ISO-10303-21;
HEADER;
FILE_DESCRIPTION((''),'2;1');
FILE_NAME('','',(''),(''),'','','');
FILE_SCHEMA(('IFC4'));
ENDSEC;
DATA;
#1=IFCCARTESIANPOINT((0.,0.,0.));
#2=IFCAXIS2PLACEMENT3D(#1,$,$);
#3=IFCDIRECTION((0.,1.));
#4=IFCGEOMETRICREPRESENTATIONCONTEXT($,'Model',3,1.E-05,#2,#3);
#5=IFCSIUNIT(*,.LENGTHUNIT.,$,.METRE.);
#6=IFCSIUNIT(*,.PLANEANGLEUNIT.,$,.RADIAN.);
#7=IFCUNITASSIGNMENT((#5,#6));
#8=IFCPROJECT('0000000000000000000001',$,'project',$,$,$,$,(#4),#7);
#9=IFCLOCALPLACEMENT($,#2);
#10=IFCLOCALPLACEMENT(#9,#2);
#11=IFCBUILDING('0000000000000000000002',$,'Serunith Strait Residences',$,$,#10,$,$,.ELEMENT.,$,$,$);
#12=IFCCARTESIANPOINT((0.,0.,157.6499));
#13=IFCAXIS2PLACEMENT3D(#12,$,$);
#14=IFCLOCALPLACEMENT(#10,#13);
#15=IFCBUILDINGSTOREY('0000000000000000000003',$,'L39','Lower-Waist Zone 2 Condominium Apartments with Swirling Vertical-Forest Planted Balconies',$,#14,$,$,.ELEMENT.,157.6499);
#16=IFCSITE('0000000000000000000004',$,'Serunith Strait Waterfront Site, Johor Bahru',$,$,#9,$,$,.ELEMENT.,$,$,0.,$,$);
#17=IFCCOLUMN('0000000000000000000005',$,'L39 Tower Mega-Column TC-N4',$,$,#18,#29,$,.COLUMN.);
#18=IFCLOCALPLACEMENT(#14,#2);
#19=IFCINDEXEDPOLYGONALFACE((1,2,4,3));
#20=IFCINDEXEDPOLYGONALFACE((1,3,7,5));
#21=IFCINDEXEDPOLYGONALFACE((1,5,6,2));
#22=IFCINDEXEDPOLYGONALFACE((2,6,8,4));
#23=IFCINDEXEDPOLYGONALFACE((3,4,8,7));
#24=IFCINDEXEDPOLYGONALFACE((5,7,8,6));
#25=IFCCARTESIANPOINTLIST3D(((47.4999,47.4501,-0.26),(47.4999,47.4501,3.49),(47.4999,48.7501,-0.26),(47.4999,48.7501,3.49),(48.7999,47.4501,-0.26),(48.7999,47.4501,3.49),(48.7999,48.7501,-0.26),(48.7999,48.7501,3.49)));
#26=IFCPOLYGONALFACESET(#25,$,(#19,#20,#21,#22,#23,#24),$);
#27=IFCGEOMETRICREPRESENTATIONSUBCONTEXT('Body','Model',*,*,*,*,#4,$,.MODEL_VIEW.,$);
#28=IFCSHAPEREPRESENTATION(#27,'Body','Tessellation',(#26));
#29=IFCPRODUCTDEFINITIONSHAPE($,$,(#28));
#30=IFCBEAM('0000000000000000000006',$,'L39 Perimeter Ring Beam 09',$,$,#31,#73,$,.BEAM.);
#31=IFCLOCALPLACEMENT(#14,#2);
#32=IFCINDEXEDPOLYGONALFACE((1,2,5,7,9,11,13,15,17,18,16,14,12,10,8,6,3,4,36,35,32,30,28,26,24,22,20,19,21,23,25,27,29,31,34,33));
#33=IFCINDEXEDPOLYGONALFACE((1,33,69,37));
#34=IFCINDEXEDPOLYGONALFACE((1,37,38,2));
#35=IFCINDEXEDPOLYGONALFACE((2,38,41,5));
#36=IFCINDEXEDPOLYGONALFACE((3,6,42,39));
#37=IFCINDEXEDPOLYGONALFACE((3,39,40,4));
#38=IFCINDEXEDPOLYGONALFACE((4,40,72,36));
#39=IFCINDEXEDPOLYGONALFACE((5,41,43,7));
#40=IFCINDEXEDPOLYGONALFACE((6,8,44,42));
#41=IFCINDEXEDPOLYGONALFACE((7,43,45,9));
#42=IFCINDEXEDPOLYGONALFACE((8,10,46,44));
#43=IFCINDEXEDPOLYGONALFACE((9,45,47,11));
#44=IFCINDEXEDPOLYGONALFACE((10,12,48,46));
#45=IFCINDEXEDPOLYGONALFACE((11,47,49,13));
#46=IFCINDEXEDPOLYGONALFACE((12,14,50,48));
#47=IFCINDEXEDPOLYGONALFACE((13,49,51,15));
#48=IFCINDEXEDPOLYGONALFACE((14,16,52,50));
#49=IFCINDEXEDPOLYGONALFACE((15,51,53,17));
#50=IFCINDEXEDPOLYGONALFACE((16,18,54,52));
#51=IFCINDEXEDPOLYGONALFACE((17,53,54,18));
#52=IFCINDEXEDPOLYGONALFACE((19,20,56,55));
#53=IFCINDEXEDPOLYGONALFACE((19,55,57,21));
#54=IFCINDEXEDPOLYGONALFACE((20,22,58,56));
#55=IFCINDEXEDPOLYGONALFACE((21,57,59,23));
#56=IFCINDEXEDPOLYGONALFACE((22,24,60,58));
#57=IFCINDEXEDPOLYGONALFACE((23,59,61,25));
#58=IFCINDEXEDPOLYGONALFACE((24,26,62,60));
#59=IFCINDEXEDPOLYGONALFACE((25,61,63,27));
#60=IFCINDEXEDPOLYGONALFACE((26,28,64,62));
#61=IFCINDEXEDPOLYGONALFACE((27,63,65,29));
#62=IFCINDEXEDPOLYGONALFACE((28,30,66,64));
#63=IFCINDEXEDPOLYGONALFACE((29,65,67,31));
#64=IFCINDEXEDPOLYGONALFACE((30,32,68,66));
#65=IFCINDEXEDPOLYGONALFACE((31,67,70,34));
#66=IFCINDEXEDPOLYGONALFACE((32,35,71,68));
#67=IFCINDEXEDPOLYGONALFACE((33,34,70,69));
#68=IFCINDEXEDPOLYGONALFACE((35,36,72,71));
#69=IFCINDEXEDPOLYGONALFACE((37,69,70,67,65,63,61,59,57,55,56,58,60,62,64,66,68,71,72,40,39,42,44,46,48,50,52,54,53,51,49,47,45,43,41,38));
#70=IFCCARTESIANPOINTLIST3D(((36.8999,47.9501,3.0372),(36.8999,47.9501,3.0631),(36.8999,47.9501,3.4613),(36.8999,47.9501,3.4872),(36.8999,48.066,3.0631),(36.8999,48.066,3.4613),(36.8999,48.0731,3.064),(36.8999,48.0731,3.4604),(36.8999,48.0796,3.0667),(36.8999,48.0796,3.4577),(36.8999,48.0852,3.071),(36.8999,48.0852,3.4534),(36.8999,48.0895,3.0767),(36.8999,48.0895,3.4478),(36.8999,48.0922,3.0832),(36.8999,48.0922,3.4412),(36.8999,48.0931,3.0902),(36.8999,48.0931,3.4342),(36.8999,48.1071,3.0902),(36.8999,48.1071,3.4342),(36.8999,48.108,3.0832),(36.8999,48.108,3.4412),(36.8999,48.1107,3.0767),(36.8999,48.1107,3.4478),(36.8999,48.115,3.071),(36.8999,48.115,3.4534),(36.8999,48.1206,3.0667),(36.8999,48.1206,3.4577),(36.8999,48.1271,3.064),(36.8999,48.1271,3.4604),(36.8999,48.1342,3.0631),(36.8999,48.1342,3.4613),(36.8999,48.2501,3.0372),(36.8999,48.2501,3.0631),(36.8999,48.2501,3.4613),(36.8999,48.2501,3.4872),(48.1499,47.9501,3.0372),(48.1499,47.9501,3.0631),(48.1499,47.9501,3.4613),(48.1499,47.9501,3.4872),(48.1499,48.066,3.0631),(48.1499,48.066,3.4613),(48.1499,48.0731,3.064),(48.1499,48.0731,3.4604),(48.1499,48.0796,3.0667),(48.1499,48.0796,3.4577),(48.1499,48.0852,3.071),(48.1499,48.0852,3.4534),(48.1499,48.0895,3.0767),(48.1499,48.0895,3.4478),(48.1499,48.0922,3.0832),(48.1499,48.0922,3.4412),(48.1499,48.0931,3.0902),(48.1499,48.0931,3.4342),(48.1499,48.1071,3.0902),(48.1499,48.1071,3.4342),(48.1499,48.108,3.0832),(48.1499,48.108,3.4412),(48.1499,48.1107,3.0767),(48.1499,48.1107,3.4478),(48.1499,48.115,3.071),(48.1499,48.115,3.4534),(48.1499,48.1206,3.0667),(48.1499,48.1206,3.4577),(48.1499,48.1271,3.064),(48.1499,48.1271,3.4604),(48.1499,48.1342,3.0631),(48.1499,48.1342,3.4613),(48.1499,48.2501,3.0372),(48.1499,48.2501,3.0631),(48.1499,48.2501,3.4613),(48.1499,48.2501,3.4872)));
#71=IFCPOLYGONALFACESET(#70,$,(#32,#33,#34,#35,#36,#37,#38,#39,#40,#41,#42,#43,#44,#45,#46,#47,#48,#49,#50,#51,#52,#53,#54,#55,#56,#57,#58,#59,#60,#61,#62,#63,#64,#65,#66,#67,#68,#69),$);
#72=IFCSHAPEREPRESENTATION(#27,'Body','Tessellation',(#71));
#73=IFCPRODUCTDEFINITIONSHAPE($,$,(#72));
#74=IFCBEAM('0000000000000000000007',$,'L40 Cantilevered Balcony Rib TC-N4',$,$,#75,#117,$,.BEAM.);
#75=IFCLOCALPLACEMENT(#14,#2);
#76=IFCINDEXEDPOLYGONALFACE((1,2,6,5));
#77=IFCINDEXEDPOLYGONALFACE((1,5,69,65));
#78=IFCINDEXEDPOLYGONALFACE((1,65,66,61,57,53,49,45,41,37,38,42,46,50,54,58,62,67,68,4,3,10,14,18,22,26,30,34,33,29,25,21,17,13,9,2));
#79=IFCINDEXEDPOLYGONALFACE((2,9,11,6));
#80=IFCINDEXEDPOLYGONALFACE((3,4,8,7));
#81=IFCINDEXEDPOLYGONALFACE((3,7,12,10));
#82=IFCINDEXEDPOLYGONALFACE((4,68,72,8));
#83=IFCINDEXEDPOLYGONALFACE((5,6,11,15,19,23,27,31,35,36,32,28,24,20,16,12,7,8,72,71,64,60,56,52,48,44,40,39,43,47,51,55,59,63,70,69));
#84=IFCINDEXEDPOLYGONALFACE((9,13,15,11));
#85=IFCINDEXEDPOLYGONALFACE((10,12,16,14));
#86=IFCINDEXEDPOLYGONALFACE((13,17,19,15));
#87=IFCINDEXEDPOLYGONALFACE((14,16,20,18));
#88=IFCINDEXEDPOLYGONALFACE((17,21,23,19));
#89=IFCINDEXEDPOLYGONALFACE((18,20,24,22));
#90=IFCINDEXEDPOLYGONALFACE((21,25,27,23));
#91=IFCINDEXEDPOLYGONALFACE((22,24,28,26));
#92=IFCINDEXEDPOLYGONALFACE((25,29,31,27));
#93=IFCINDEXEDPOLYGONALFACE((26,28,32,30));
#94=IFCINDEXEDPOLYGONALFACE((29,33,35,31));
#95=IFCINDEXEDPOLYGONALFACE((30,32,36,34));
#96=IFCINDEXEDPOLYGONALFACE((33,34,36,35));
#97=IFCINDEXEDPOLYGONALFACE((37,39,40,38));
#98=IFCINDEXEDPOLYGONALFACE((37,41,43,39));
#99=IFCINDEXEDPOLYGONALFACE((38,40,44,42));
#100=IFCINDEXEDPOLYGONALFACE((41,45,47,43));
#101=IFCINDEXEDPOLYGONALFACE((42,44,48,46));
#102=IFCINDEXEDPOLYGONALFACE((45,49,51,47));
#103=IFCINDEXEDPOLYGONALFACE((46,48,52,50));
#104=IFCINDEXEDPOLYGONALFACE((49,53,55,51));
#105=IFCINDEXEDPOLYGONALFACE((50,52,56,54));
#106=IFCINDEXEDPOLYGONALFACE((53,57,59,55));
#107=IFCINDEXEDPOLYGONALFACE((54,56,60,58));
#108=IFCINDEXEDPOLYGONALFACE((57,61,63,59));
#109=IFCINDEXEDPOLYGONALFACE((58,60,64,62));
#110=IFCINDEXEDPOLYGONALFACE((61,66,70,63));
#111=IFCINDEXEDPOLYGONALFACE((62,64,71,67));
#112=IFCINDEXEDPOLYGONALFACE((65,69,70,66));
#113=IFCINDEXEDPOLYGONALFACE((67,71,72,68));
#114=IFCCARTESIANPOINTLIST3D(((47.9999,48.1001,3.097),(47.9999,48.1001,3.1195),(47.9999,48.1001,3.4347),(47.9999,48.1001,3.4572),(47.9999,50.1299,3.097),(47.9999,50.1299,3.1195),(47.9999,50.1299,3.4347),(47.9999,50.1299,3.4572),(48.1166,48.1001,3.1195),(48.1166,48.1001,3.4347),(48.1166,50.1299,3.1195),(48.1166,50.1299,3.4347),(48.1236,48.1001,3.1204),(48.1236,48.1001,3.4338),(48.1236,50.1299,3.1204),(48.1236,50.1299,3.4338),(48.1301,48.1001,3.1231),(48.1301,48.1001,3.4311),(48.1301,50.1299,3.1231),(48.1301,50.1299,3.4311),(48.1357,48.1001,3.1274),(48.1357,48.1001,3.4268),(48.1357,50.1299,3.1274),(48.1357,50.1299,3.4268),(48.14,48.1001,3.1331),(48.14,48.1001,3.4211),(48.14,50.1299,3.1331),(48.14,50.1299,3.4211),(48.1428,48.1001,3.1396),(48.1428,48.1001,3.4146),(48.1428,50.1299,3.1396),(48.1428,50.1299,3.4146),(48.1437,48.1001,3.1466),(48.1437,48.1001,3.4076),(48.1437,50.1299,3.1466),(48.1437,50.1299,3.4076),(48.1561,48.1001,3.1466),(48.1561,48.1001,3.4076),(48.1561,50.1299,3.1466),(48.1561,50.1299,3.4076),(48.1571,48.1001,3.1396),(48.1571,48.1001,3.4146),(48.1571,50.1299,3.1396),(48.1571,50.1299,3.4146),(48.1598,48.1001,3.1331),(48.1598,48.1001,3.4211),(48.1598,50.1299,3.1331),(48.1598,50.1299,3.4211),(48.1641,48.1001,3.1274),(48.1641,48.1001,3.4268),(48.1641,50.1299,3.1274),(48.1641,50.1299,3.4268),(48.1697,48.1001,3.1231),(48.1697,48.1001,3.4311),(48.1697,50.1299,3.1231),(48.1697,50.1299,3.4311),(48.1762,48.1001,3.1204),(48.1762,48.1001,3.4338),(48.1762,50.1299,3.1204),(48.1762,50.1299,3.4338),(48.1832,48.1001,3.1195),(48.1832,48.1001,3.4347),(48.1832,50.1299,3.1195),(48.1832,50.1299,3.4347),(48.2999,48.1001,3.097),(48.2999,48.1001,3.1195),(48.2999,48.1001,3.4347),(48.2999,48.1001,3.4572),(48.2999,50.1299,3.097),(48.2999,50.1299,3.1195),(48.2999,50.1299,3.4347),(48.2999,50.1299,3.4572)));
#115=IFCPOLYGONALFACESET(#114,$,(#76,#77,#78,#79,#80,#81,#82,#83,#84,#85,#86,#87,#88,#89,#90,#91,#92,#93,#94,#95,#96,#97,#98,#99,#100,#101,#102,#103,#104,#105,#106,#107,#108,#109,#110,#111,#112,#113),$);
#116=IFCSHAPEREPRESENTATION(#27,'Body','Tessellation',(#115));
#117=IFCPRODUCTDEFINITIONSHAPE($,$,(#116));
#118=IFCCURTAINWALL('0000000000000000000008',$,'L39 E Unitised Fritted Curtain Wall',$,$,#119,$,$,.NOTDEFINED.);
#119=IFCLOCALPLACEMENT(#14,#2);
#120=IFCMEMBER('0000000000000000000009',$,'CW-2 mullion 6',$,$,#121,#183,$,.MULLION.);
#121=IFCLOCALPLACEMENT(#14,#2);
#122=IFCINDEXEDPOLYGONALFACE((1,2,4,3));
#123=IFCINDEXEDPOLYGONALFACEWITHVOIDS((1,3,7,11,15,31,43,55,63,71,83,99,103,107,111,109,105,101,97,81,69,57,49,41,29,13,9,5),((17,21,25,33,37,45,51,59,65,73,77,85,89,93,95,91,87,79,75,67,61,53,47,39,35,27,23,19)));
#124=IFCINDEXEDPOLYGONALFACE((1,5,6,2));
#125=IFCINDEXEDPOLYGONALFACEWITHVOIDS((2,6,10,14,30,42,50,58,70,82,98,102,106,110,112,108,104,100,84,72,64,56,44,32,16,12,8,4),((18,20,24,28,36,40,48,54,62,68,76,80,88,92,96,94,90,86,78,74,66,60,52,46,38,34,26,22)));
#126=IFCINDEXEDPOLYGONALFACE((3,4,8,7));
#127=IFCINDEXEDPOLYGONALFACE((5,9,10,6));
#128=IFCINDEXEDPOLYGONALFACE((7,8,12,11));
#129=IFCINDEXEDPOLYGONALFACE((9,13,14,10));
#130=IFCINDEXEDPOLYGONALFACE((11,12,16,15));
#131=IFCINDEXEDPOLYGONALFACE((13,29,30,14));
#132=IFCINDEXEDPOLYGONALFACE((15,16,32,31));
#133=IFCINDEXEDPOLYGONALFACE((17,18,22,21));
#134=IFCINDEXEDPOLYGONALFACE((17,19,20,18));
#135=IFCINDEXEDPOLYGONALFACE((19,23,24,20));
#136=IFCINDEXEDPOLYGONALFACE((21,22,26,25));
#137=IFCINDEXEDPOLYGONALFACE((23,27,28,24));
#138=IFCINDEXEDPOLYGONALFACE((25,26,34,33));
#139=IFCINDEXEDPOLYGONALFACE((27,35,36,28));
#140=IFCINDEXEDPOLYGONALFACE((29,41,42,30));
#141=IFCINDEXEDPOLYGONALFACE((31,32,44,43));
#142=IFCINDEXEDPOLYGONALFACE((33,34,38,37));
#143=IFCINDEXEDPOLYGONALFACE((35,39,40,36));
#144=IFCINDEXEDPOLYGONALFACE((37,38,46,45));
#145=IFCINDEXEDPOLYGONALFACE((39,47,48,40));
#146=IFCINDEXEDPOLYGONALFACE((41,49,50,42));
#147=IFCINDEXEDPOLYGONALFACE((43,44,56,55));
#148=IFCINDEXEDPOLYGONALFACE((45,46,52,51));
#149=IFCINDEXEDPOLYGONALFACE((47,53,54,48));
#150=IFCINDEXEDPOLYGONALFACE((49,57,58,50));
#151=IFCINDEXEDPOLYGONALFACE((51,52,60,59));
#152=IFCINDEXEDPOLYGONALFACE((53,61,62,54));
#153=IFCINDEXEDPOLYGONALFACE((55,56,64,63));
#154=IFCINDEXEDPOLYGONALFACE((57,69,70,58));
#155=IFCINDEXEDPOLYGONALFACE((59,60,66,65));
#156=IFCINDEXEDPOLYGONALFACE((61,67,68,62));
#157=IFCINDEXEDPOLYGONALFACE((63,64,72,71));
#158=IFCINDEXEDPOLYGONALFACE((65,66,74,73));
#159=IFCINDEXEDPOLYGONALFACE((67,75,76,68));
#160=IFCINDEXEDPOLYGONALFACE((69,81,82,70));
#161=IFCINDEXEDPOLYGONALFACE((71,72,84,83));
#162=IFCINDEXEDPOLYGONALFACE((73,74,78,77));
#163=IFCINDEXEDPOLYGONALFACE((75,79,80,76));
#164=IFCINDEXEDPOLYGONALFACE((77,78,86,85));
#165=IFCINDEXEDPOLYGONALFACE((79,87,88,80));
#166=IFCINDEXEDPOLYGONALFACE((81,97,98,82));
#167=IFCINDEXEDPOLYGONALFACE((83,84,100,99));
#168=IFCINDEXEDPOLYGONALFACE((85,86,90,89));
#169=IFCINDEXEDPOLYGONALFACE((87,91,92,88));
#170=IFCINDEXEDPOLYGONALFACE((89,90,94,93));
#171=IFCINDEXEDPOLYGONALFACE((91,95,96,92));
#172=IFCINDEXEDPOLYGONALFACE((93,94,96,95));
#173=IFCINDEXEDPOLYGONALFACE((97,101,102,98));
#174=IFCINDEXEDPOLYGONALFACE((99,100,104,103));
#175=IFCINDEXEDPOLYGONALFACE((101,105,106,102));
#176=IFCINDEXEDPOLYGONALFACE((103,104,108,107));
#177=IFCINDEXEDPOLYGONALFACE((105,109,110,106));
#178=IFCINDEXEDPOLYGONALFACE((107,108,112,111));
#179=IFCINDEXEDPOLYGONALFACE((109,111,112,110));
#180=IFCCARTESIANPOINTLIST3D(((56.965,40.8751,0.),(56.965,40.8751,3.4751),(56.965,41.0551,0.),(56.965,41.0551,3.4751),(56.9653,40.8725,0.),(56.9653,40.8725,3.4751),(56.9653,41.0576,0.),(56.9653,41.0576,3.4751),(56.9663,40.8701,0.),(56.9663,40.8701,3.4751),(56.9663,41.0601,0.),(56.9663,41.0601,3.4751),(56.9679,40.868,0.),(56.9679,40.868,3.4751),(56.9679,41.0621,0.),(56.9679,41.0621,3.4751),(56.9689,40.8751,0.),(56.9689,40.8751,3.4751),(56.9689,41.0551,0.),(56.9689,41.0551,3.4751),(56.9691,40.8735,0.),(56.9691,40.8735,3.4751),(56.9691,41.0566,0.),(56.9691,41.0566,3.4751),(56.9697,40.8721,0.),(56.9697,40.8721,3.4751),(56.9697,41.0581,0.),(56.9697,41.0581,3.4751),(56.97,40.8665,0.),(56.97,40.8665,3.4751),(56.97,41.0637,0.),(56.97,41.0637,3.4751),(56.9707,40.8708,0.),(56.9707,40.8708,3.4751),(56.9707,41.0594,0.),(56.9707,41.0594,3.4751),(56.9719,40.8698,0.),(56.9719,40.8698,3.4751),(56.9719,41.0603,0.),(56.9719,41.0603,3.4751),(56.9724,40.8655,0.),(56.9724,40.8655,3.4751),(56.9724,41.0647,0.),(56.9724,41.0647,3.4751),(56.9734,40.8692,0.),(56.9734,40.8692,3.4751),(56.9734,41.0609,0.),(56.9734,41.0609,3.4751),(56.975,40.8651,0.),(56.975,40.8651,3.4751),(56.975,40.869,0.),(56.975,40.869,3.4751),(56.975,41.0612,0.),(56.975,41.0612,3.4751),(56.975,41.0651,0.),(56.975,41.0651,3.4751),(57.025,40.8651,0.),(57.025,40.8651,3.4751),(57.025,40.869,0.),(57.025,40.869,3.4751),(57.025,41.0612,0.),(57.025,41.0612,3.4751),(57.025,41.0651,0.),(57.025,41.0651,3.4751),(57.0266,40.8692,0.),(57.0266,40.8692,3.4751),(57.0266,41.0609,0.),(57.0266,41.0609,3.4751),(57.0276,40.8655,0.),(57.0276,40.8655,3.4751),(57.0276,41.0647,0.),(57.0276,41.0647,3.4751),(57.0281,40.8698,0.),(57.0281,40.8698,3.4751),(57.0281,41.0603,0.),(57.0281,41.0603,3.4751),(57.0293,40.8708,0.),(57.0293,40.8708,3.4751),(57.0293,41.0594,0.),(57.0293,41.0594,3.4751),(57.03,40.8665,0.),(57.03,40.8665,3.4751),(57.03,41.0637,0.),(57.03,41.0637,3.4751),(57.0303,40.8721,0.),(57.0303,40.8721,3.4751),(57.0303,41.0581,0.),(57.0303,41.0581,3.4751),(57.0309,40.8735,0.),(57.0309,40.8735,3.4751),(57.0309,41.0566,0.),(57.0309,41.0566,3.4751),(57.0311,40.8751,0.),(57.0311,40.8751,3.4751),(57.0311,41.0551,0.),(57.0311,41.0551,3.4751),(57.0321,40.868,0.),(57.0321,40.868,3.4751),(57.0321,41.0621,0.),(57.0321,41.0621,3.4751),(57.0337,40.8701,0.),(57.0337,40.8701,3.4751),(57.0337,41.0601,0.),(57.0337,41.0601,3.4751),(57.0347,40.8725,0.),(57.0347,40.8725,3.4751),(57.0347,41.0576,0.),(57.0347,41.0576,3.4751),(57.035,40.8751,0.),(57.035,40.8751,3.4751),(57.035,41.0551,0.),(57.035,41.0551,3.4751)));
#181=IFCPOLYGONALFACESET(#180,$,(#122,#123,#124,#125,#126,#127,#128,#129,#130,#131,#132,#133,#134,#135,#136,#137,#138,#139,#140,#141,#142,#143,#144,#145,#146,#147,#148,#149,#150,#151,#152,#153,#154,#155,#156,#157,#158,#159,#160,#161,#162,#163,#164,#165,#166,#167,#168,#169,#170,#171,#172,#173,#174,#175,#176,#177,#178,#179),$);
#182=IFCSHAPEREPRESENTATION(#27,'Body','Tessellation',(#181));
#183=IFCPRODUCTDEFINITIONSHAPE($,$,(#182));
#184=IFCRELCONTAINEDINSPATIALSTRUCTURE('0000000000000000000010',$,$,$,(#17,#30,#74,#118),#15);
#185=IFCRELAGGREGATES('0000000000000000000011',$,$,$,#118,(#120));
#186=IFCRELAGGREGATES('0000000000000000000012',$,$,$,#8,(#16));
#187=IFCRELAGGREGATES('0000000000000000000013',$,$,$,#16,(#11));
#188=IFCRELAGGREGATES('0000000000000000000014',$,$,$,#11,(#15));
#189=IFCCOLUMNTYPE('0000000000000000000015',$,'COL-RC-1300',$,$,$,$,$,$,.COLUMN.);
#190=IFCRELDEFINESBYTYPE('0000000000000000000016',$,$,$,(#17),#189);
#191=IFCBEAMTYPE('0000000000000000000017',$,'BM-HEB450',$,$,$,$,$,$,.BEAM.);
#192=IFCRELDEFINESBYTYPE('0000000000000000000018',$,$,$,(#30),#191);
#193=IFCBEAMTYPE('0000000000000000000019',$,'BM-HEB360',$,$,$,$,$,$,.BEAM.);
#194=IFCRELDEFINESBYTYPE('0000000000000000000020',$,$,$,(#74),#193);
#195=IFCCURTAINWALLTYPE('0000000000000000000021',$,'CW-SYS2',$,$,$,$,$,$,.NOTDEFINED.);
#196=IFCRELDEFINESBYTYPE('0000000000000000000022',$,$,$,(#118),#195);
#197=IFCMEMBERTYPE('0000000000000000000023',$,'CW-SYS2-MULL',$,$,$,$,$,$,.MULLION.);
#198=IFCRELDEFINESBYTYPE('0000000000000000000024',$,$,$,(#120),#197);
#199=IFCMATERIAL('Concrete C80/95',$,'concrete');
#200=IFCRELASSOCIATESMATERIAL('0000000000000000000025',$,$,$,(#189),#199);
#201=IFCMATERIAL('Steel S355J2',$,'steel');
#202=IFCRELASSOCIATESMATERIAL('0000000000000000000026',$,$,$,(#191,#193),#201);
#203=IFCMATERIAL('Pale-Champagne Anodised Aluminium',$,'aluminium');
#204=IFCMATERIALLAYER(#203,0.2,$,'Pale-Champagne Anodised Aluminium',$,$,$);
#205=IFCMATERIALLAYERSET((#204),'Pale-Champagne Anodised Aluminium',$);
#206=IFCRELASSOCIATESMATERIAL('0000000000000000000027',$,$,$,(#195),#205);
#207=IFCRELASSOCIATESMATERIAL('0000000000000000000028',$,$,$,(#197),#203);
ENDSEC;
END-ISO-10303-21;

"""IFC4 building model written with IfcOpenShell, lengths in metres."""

from ifc_helpers import new_model, si_unit, direction, frame, origin, origin_2d, place, context, subcontext, project, spatial, rectangle, hollow_rectangle, i_section, extrude, source, transform, mapped, material, layer, layer_set, material_profile, profile_set, type_object, element, aggregate, save


model = new_model("IFC4")

# Units and contexts
model_context = context("Model", 3, precision=1e-05, world=origin(), true_north=direction((0.0, 1.0)))
body_context = subcontext(model_context, "Body", "Model", "MODEL_VIEW")
ifc_project = project(units=[si_unit("LENGTHUNIT", "METRE"), si_unit("PLANEANGLEUNIT", "RADIAN")], contexts=[model_context])

# Site, building, storey
site_placement = place(None, origin())
site = spatial("IfcSite", under=ifc_project, at=site_placement, Name="Serunith Strait Waterfront Site, Johor Bahru", CompositionType="ELEMENT", RefElevation=0.0)
building_placement = place(site_placement, origin())
building = spatial("IfcBuilding", under=site, at=building_placement, Name="Serunith Strait Residences", CompositionType="ELEMENT")
storey_placement = place(building_placement, frame((0.0, 0.0, 157.6499)))
storey = spatial("IfcBuildingStorey", under=building, at=storey_placement, Name="L39", Description="Lower-Waist Zone 2 Condominium Apartments with Swirling Vertical-Forest Planted Balconies", CompositionType="ELEMENT", Elevation=157.6499)

# Column
ifc_material_1 = material(Name="Concrete C80/95", Category="concrete")
ifc_material_profile_1 = material_profile(ifc_material_1, rectangle(XDim=1.3, YDim=1.3, at=origin_2d()), Name="RC 1300x1300")
ifc_profile_set_1 = profile_set([ifc_material_profile_1], Name="Concrete C80/95")
column_type = type_object("IfcColumnType", Name="COL-RC-1300", PredefinedType="COLUMN", material=ifc_profile_set_1)
shared_shape_1 = source(origin(), body_context, "Body", "SweptSolid", [
    extrude(rectangle(XDim=1.3, YDim=1.3, at=origin_2d()), origin(), (0.0, 0.0, 1.0), 3.75),
])
column_placement = place(storey_placement, frame((48.1499, 48.1001, -0.26), z_axis=(0.0, 0.0, 1.0), x_axis=(1.0, 0.0, 0.0)))
element("IfcColumn", 1, at=column_placement, inside=storey, type_object=column_type, Name="L39 Tower Mega-Column TC-N4", PredefinedType="COLUMN", context=body_context, shape_type="MappedRepresentation", body=[
    mapped(shared_shape_1, transform((0.0, 0.0, 0.0), scale=1.0)),
])

# Beams
ifc_material_2 = material(Name="Steel S355J2", Category="steel")
ifc_material_profile_2 = material_profile(ifc_material_2, i_section(OverallWidth=0.3, OverallDepth=0.45, WebThickness=0.0139, FlangeThickness=0.0259, FilletRadius=0.0271, at=origin_2d()), Name="HEB 450")
ifc_profile_set_2 = profile_set([ifc_material_profile_2], Name="Steel S355J2")
beam_type_1 = type_object("IfcBeamType", Name="BM-HEB450", PredefinedType="BEAM", material=ifc_profile_set_2)
shared_shape_2 = source(origin(), body_context, "Body", "SweptSolid", [
    extrude(i_section(OverallWidth=0.3, OverallDepth=0.45, WebThickness=0.0139, FlangeThickness=0.0259, FilletRadius=0.0271, at=origin_2d()), origin(), (0.0, 0.0, 1.0), 11.25),
])
beam_1_placement = place(storey_placement, frame((48.1499, 48.1001, 3.2622), z_axis=(-1.0, 0.0, 0.0), x_axis=(0.0, -1.0, 0.0)))
element("IfcBeam", 2, at=beam_1_placement, inside=storey, type_object=beam_type_1, Name="L39 Perimeter Ring Beam 09", PredefinedType="BEAM", context=body_context, shape_type="MappedRepresentation", body=[
    mapped(shared_shape_2, transform((0.0, 0.0, 0.0), scale=1.0)),
])
ifc_material_profile_3 = material_profile(ifc_material_2, i_section(OverallWidth=0.3, OverallDepth=0.3601, WebThickness=0.0125, FlangeThickness=0.0225, FilletRadius=0.0271, at=origin_2d()), Name="HEB 360")
ifc_profile_set_3 = profile_set([ifc_material_profile_3], Name="Steel S355J2")
beam_type_2 = type_object("IfcBeamType", Name="BM-HEB360", PredefinedType="BEAM", material=ifc_profile_set_3)
shared_shape_3 = source(origin(), body_context, "Body", "SweptSolid", [
    extrude(i_section(OverallWidth=0.3, OverallDepth=0.3601, WebThickness=0.0125, FlangeThickness=0.0225, FilletRadius=0.0271, at=origin_2d()), origin(), (0.0, 0.0, 1.0), 2.0298),
])
beam_2_placement = place(storey_placement, frame((48.1499, 48.1001, 3.2771), z_axis=(0.0, 1.0, 0.0), x_axis=(-1.0, 0.0, 0.0)))
element("IfcBeam", 3, at=beam_2_placement, inside=storey, type_object=beam_type_2, Name="L40 Cantilevered Balcony Rib TC-N4", PredefinedType="BEAM", context=body_context, shape_type="MappedRepresentation", body=[
    mapped(shared_shape_3, transform((0.0, 0.0, 0.0), scale=1.0)),
])

# Curtain wall, member
ifc_material_3 = material(Name="Pale-Champagne Anodised Aluminium", Category="aluminium")
ifc_layer_1 = layer(ifc_material_3, 0.2, Name="Pale-Champagne Anodised Aluminium")
ifc_layer_set_1 = layer_set([ifc_layer_1], Name="Pale-Champagne Anodised Aluminium")
curtain_wall_type = type_object("IfcCurtainWallType", Name="CW-SYS2", PredefinedType="NOTDEFINED", material=ifc_layer_set_1)
curtain_wall_1_placement = place(storey_placement, origin())
curtain_wall_1 = element("IfcCurtainWall", 4, at=curtain_wall_1_placement, inside=storey, type_object=curtain_wall_type, Name="L39 E Unitised Fritted Curtain Wall", PredefinedType="NOTDEFINED")
ifc_material_profile_4 = material_profile(ifc_material_3, hollow_rectangle(XDim=0.0701, YDim=0.2, WallThickness=0.0039, InnerFilletRadius=0.0061, OuterFilletRadius=0.01, at=origin_2d()), Name="ALU 200x70x4")
ifc_profile_set_4 = profile_set([ifc_material_profile_4], Name="Pale-Champagne Anodised Aluminium")
member_type_1 = type_object("IfcMemberType", Name="CW-SYS2-MULL", PredefinedType="MULLION", material=ifc_profile_set_4)
shared_shape_4 = source(origin(), body_context, "Body", "SweptSolid", [
    extrude(hollow_rectangle(XDim=0.0701, YDim=0.2, WallThickness=0.0039, InnerFilletRadius=0.0061, OuterFilletRadius=0.01, at=origin_2d()), origin(), (0.0, 0.0, 1.0), 3.4751),
])
member_1_placement = place(storey_placement, frame((57.0, 40.9651, 0.0), z_axis=(0.0, 0.0, 1.0), x_axis=(-1.0, 0.0, 0.0)))
member_1 = element("IfcMember", 5, at=member_1_placement, type_object=member_type_1, Name="CW-2 mullion 6", PredefinedType="MULLION", context=body_context, shape_type="MappedRepresentation", body=[
    mapped(shared_shape_4, transform((0.0, 0.0, 0.0), scale=1.0)),
])
aggregate(curtain_wall_1, [member_1])

save(model, "model.ifc")
